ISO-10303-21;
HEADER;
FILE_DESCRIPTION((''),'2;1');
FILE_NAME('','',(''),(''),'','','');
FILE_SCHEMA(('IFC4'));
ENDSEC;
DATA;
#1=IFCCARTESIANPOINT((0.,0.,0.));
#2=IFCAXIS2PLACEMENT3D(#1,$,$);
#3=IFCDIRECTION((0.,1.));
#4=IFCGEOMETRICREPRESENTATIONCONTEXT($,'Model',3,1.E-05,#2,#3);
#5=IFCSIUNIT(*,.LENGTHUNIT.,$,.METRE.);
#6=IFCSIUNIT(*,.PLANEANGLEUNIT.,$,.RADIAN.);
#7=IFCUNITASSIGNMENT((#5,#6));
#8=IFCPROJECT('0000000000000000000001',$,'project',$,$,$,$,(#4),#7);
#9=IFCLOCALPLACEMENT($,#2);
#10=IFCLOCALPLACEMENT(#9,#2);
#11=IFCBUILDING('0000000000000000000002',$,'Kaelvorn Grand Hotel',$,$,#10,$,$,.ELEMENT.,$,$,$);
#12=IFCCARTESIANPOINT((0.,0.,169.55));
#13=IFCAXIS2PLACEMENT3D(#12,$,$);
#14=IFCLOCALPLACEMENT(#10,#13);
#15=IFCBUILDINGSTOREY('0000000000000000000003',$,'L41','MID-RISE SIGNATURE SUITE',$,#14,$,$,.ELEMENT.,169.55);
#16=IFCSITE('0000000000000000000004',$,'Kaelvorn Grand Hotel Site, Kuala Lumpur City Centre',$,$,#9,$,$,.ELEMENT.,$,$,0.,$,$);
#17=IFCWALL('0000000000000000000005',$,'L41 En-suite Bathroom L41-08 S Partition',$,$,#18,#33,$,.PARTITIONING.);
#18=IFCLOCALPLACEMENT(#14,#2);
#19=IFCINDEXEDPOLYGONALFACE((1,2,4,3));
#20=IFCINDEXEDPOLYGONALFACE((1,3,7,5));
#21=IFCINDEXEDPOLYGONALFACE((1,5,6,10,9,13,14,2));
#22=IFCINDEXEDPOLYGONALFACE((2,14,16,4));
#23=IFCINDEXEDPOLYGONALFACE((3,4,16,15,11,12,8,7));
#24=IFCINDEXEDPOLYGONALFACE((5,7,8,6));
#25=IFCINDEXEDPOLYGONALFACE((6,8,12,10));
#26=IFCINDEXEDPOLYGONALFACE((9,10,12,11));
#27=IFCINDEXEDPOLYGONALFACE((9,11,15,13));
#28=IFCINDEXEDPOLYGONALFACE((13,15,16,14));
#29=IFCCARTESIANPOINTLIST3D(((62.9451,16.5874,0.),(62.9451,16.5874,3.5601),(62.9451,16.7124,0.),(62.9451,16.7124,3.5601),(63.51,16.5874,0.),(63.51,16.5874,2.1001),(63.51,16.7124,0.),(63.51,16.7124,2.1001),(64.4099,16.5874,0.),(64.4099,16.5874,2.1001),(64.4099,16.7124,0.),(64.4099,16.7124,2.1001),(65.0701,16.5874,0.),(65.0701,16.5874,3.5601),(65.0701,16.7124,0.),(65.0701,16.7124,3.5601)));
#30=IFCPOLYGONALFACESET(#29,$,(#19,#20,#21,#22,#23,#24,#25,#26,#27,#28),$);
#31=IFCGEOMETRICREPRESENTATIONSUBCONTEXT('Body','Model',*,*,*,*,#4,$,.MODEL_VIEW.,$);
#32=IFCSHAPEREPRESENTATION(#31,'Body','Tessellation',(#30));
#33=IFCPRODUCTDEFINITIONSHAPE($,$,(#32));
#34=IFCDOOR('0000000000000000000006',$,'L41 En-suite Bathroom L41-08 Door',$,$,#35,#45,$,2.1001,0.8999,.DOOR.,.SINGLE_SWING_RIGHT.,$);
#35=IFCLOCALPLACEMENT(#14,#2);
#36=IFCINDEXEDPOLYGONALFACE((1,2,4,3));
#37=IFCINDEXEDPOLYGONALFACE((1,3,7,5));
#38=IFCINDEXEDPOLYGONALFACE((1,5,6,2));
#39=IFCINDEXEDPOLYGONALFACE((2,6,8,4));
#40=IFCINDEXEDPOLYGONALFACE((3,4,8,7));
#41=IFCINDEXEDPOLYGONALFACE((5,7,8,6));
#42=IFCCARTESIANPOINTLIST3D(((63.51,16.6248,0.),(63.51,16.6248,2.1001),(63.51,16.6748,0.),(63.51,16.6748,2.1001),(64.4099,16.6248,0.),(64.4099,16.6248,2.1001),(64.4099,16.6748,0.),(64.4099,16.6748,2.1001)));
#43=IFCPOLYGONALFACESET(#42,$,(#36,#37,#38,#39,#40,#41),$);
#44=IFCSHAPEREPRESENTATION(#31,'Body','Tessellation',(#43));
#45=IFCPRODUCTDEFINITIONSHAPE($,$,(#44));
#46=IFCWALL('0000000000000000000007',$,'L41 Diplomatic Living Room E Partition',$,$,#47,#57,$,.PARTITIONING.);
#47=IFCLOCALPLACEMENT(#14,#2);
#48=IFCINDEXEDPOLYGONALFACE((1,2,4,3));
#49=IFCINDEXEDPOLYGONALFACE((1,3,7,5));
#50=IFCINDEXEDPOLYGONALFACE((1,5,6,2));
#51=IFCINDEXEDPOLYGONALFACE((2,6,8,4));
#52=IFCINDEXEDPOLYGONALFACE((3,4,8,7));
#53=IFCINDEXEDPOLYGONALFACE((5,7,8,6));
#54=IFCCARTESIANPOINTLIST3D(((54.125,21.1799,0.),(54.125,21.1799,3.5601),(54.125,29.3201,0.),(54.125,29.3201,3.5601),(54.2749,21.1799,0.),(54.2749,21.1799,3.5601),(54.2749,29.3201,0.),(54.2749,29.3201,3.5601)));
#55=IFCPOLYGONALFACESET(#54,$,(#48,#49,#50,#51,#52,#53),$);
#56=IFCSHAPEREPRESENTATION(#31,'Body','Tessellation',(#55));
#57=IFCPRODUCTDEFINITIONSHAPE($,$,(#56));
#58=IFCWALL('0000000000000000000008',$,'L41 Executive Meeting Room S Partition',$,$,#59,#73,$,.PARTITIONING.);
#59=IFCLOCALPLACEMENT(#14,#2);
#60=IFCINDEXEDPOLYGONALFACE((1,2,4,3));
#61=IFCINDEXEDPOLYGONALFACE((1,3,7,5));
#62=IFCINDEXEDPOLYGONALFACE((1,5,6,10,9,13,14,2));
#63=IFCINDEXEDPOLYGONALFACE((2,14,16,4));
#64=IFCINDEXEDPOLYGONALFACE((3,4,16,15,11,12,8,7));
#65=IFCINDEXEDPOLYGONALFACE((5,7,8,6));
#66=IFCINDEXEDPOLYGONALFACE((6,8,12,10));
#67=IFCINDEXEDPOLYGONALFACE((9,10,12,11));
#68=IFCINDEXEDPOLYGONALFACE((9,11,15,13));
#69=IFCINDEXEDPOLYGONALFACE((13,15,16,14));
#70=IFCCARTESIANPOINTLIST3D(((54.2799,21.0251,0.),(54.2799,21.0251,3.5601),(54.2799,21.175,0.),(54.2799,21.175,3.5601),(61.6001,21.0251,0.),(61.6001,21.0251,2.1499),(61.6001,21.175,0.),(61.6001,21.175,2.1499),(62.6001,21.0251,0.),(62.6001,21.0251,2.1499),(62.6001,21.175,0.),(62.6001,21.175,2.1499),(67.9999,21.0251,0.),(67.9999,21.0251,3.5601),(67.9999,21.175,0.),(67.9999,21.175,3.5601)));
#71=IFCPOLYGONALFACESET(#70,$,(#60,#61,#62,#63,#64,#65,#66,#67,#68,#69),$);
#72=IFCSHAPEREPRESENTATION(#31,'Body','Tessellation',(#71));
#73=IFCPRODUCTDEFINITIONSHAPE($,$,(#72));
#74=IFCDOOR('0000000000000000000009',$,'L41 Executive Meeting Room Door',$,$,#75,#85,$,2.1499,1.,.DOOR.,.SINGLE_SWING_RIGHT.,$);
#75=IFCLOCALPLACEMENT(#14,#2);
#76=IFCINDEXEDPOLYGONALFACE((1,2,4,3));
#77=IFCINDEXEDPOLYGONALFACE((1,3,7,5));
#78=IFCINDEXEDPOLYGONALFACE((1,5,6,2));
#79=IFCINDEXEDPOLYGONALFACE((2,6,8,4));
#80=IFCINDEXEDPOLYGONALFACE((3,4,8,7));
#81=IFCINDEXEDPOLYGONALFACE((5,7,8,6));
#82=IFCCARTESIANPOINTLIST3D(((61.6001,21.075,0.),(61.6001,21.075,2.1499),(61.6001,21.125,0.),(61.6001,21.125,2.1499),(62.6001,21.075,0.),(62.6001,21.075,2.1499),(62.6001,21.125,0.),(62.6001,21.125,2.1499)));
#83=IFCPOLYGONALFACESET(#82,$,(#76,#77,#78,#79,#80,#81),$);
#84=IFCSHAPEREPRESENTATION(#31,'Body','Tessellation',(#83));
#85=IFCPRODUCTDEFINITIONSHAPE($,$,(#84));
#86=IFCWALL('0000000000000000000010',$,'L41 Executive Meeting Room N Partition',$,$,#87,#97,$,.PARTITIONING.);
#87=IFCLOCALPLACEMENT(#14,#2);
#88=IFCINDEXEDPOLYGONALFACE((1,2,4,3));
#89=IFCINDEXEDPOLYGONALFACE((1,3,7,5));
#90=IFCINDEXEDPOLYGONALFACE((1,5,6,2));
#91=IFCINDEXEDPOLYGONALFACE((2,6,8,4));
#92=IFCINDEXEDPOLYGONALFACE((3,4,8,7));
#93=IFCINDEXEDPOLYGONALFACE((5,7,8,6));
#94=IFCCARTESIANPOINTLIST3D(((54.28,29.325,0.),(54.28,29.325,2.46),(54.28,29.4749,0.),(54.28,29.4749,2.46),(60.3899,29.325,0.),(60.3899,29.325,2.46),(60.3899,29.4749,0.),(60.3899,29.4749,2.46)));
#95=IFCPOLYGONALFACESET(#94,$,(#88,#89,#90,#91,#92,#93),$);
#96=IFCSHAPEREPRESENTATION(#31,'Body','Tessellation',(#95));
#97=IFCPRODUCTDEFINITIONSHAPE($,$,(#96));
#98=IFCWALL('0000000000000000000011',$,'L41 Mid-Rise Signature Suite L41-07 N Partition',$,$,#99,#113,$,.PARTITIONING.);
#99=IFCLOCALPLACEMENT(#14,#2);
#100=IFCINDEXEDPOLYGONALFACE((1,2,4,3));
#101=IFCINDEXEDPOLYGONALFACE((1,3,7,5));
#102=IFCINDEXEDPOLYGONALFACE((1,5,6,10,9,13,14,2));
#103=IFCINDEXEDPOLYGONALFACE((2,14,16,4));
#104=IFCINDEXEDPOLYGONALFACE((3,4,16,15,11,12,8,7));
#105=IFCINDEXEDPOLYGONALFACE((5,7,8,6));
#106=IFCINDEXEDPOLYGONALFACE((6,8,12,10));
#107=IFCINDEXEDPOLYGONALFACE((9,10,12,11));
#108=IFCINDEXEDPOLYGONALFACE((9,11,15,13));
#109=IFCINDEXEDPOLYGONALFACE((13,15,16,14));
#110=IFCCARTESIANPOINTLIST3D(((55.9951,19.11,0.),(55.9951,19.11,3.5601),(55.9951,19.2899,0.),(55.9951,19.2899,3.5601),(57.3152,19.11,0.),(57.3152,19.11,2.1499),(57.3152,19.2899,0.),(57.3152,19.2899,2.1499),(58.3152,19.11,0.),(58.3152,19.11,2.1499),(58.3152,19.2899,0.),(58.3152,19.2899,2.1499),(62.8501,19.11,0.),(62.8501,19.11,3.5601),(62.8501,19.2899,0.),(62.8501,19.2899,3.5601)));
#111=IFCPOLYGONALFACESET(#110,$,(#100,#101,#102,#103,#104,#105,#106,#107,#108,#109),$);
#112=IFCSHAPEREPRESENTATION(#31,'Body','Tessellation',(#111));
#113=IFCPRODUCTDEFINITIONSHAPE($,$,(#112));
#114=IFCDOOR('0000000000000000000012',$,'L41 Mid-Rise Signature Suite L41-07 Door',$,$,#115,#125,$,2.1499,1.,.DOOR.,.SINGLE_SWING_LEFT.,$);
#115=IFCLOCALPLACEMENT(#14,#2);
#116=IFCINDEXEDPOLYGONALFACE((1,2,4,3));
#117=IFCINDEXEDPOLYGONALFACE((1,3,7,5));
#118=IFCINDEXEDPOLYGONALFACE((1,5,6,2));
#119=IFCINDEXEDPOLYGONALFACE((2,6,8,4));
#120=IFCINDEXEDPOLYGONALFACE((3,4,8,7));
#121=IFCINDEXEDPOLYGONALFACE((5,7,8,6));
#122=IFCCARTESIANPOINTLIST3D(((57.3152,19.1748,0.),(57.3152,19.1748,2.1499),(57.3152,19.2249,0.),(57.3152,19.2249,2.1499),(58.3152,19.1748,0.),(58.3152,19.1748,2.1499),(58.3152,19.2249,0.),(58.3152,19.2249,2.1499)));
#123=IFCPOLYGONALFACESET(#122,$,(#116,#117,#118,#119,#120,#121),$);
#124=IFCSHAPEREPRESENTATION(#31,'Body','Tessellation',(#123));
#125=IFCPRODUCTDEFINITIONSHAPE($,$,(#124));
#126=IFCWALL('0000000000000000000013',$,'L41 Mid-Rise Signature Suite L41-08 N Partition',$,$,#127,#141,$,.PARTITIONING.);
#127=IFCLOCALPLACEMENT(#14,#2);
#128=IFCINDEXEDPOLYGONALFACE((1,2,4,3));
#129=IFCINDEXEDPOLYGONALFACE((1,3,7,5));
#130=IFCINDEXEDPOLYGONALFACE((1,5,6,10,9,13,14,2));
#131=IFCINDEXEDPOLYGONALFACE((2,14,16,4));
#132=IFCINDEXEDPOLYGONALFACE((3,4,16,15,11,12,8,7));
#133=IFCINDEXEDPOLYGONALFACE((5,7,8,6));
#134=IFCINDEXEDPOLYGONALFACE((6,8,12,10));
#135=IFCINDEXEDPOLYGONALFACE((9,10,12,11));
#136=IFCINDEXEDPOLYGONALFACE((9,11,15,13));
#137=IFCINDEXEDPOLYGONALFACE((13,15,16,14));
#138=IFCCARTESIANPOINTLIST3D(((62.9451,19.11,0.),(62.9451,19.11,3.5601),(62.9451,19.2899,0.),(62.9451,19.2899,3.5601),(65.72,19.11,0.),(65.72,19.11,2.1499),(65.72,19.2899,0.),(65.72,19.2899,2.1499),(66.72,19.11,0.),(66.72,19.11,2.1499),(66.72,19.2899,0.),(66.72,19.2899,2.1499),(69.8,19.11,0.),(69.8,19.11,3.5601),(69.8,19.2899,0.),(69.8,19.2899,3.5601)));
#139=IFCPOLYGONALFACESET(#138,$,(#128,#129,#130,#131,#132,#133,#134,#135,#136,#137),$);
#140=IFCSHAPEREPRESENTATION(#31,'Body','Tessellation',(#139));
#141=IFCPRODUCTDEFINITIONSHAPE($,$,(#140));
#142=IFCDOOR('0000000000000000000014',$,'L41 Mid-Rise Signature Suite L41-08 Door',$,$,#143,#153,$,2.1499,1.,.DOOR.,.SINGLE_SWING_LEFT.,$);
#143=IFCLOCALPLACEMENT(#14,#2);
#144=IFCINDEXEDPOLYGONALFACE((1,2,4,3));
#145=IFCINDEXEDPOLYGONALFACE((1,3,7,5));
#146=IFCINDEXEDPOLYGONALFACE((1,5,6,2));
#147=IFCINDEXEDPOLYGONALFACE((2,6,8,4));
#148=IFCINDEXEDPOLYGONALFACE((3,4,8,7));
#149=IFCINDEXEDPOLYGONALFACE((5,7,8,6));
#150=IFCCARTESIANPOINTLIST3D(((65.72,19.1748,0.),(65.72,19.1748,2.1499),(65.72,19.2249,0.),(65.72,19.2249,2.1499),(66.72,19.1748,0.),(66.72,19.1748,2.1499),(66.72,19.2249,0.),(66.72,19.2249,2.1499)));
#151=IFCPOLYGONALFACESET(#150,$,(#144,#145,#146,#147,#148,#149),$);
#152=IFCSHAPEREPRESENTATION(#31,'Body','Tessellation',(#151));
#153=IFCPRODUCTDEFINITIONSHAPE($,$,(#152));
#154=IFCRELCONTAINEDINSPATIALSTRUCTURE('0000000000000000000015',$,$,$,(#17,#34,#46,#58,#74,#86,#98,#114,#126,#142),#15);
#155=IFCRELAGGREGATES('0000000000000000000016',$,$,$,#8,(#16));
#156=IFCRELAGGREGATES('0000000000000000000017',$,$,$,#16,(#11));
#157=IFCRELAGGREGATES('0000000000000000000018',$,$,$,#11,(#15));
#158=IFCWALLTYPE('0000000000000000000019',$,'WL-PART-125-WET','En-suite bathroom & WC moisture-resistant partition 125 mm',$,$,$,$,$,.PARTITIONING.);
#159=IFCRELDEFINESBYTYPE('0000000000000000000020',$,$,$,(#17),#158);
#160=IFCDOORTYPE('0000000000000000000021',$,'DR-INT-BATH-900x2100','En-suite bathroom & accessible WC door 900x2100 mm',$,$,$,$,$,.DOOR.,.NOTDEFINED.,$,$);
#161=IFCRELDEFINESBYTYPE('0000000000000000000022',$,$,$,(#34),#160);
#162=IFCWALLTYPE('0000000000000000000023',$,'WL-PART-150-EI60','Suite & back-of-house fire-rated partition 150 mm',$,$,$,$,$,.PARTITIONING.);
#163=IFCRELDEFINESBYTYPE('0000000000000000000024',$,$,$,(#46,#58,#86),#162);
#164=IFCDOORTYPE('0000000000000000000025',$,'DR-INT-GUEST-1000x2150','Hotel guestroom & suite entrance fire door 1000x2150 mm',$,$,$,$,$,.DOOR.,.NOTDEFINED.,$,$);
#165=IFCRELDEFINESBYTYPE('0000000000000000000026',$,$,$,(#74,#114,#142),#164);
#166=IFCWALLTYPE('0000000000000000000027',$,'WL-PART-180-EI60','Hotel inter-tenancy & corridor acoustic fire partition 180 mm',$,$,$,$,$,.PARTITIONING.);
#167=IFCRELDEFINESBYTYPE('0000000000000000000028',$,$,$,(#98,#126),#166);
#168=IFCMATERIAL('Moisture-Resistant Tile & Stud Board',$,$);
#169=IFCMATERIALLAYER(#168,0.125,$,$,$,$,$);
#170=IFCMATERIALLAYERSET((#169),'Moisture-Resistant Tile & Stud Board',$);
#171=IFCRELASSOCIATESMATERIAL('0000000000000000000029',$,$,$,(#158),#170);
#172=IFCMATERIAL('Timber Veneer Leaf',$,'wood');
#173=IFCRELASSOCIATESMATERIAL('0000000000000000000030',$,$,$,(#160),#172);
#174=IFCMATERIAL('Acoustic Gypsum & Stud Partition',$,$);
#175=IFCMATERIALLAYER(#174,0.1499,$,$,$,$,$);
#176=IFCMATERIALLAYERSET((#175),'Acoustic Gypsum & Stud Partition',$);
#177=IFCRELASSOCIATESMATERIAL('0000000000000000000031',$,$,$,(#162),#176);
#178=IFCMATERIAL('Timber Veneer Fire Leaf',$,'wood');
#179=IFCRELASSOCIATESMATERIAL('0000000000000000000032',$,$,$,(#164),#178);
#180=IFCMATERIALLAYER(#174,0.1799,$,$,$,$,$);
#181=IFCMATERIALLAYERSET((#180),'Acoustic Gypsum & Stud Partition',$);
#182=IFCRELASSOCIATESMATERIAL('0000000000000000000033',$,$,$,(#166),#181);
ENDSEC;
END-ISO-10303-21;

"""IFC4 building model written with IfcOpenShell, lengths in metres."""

from ifc_helpers import new_model, si_unit, direction, frame, frame_2d, origin, place, context, subcontext, project, spatial, rectangle, extrude, material, layer, layer_set, type_object, element, fill, save


model = new_model("IFC4")

# Units and contexts
model_context = context("Model", 3, precision=1e-05, world=origin(), true_north=direction((0.0, 1.0)))
body_context = subcontext(model_context, "Body", "Model", "MODEL_VIEW")
ifc_project = project(units=[si_unit("LENGTHUNIT", "METRE"), si_unit("PLANEANGLEUNIT", "RADIAN")], contexts=[model_context])

# Site, building, storey
site_placement = place(None, origin())
site = spatial("IfcSite", under=ifc_project, at=site_placement, Name="Kaelvorn Grand Hotel Site, Kuala Lumpur City Centre", CompositionType="ELEMENT", RefElevation=0.0)
building_placement = place(site_placement, origin())
building = spatial("IfcBuilding", under=site, at=building_placement, Name="Kaelvorn Grand Hotel", CompositionType="ELEMENT")
storey_placement = place(building_placement, frame((0.0, 0.0, 169.55)))
storey = spatial("IfcBuildingStorey", under=building, at=storey_placement, Name="L41", Description="MID-RISE SIGNATURE SUITE", CompositionType="ELEMENT", Elevation=169.55)

# Shared definitions
ifc_material_1 = material(Name="Moisture-Resistant Tile & Stud Board")
ifc_layer_1 = layer(ifc_material_1, 0.125)
ifc_layer_set_1 = layer_set([ifc_layer_1], Name="Moisture-Resistant Tile & Stud Board")
wall_type_1 = type_object("IfcWallType", Name="WL-PART-125-WET", Description="En-suite bathroom & WC moisture-resistant partition 125 mm", PredefinedType="PARTITIONING", material=ifc_layer_set_1)

# Shared definitions
ifc_material_2 = material(Name="Timber Veneer Leaf", Category="wood")
door_type_1 = type_object("IfcDoorType", Name="DR-INT-BATH-900x2100", Description="En-suite bathroom & accessible WC door 900x2100 mm", OperationType="NOTDEFINED", PredefinedType="DOOR", material=ifc_material_2)

# Wall, opening, door
wall_1_placement = place(storey_placement, frame((62.9451, 16.6499, 0.0), z_axis=(0.0, 0.0, 1.0), x_axis=(1.0, 0.0, 0.0)))
wall_1 = element("IfcWall", 1, at=wall_1_placement, inside=storey, type_object=wall_type_1, Name="L41 En-suite Bathroom L41-08 S Partition", PredefinedType="PARTITIONING", context=body_context, shape_type="SweptSolid", body=[
    extrude(rectangle(XDim=2.125, YDim=0.125, at=frame_2d((1.0625, 0.0))), origin(), (0.0, 0.0, 1.0), 3.5601),
])
opening_1_placement = place(wall_1_placement, frame((0.5649, 0.0, 0.0)))
opening_1 = element("IfcOpeningElement", 2, at=opening_1_placement, cuts=wall_1, PredefinedType="OPENING", context=body_context, shape_type="SweptSolid", body=[
    extrude(rectangle(XDim=0.8999, YDim=2.1001, at=frame_2d((0.45, 1.05))), frame((0.0, 0.0725, 0.0), z_axis=(0.0, -1.0, 0.0), x_axis=(1.0, 0.0, 0.0)), (0.0, 0.0, 1.0), 0.145),
])
door_1_placement = place(opening_1_placement, origin())
door_1 = element("IfcDoor", 3, at=door_1_placement, inside=storey, type_object=door_type_1, Name="L41 En-suite Bathroom L41-08 Door", OperationType="SINGLE_SWING_RIGHT", OverallHeight=2.1001, OverallWidth=0.8999, PredefinedType="DOOR", context=body_context, shape_type="SweptSolid", body=[
    extrude(rectangle(XDim=0.8999, YDim=2.1001, at=frame_2d((0.45, 1.05))), frame((0.0, 0.0249, 0.0), z_axis=(0.0, -1.0, 0.0), x_axis=(1.0, 0.0, 0.0)), (0.0, 0.0, 1.0), 0.05),
])
fill(opening_1, door_1)

# Wall
ifc_material_3 = material(Name="Acoustic Gypsum & Stud Partition")
ifc_layer_2 = layer(ifc_material_3, 0.1499)
ifc_layer_set_2 = layer_set([ifc_layer_2], Name="Acoustic Gypsum & Stud Partition")
wall_type_2 = type_object("IfcWallType", Name="WL-PART-150-EI60", Description="Suite & back-of-house fire-rated partition 150 mm", PredefinedType="PARTITIONING", material=ifc_layer_set_2)
wall_2_placement = place(storey_placement, frame((54.2, 21.1799, 0.0), z_axis=(0.0, 0.0, 1.0), x_axis=(0.0, 1.0, 0.0)))
element("IfcWall", 4, at=wall_2_placement, inside=storey, type_object=wall_type_2, Name="L41 Diplomatic Living Room E Partition", PredefinedType="PARTITIONING", context=body_context, shape_type="SweptSolid", body=[
    extrude(rectangle(XDim=8.1401, YDim=0.1499, at=frame_2d((4.0701, 0.0))), origin(), (0.0, 0.0, 1.0), 3.5601),
])

# Wall, opening, door
wall_3_placement = place(storey_placement, frame((54.28, 21.1001, 0.0), z_axis=(0.0, 0.0, 1.0), x_axis=(1.0, 0.0, 0.0)))
wall_3 = element("IfcWall", 5, at=wall_3_placement, inside=storey, type_object=wall_type_2, Name="L41 Executive Meeting Room S Partition", PredefinedType="PARTITIONING", context=body_context, shape_type="SweptSolid", body=[
    extrude(rectangle(XDim=13.72, YDim=0.1499, at=frame_2d((6.8599, 0.0))), origin(), (0.0, 0.0, 1.0), 3.5601),
])
opening_2_placement = place(wall_3_placement, frame((7.3201, 0.0, 0.0)))
opening_2 = element("IfcOpeningElement", 6, at=opening_2_placement, cuts=wall_3, PredefinedType="OPENING", context=body_context, shape_type="SweptSolid", body=[
    extrude(rectangle(XDim=1.0, YDim=2.1499, at=frame_2d((0.5, 1.075))), frame((0.0, 0.085, 0.0), z_axis=(0.0, -1.0, 0.0), x_axis=(1.0, 0.0, 0.0)), (0.0, 0.0, 1.0), 0.1699),
])
ifc_material_4 = material(Name="Timber Veneer Fire Leaf", Category="wood")
door_type_2 = type_object("IfcDoorType", Name="DR-INT-GUEST-1000x2150", Description="Hotel guestroom & suite entrance fire door 1000x2150 mm", OperationType="NOTDEFINED", PredefinedType="DOOR", material=ifc_material_4)
door_2_placement = place(opening_2_placement, origin())
door_2 = element("IfcDoor", 7, at=door_2_placement, inside=storey, type_object=door_type_2, Name="L41 Executive Meeting Room Door", OperationType="SINGLE_SWING_RIGHT", OverallHeight=2.1499, OverallWidth=1.0, PredefinedType="DOOR", context=body_context, shape_type="SweptSolid", body=[
    extrude(rectangle(XDim=1.0, YDim=2.1499, at=frame_2d((0.5, 1.075))), frame((0.0, 0.0249, 0.0), z_axis=(0.0, -1.0, 0.0), x_axis=(1.0, 0.0, 0.0)), (0.0, 0.0, 1.0), 0.05),
])
fill(opening_2, door_2)

# Wall
wall_4_placement = place(storey_placement, frame((54.28, 29.3999, 0.0), z_axis=(0.0, 0.0, 1.0), x_axis=(1.0, 0.0, 0.0)))
element("IfcWall", 8, at=wall_4_placement, inside=storey, type_object=wall_type_2, Name="L41 Executive Meeting Room N Partition", PredefinedType="PARTITIONING", context=body_context, shape_type="SweptSolid", body=[
    extrude(rectangle(XDim=6.1099, YDim=0.1499, at=frame_2d((3.0549, 0.0))), origin(), (0.0, 0.0, 1.0), 2.46),
])

# Walls, openings, doors
ifc_layer_3 = layer(ifc_material_3, 0.1799)
ifc_layer_set_3 = layer_set([ifc_layer_3], Name="Acoustic Gypsum & Stud Partition")
wall_type_3 = type_object("IfcWallType", Name="WL-PART-180-EI60", Description="Hotel inter-tenancy & corridor acoustic fire partition 180 mm", PredefinedType="PARTITIONING", material=ifc_layer_set_3)
wall_5_placement = place(storey_placement, frame((55.9951, 19.2, 0.0), z_axis=(0.0, 0.0, 1.0), x_axis=(1.0, 0.0, 0.0)))
wall_5 = element("IfcWall", 9, at=wall_5_placement, inside=storey, type_object=wall_type_3, Name="L41 Mid-Rise Signature Suite L41-07 N Partition", PredefinedType="PARTITIONING", context=body_context, shape_type="SweptSolid", body=[
    extrude(rectangle(XDim=6.855, YDim=0.1799, at=frame_2d((3.4275, 0.0))), origin(), (0.0, 0.0, 1.0), 3.5601),
])
opening_3_placement = place(wall_5_placement, frame((1.3201, 0.0, 0.0)))
opening_3 = element("IfcOpeningElement", 10, at=opening_3_placement, cuts=wall_5, PredefinedType="OPENING", context=body_context, shape_type="SweptSolid", body=[
    extrude(rectangle(XDim=1.0, YDim=2.1499, at=frame_2d((0.5, 1.075))), frame((0.0, 0.1001, 0.0), z_axis=(0.0, -1.0, 0.0), x_axis=(1.0, 0.0, 0.0)), (0.0, 0.0, 1.0), 0.2),
])
door_3_placement = place(opening_3_placement, origin())
door_3 = element("IfcDoor", 11, at=door_3_placement, inside=storey, type_object=door_type_2, Name="L41 Mid-Rise Signature Suite L41-07 Door", OperationType="SINGLE_SWING_LEFT", OverallHeight=2.1499, OverallWidth=1.0, PredefinedType="DOOR", context=body_context, shape_type="SweptSolid", body=[
    extrude(rectangle(XDim=1.0, YDim=2.1499, at=frame_2d((0.5, 1.075))), frame((0.0, 0.0249, 0.0), z_axis=(0.0, -1.0, 0.0), x_axis=(1.0, 0.0, 0.0)), (0.0, 0.0, 1.0), 0.05),
])
fill(opening_3, door_3)
wall_6_placement = place(storey_placement, frame((62.9451, 19.2, 0.0), z_axis=(0.0, 0.0, 1.0), x_axis=(1.0, 0.0, 0.0)))
wall_6 = element("IfcWall", 12, at=wall_6_placement, inside=storey, type_object=wall_type_3, Name="L41 Mid-Rise Signature Suite L41-08 N Partition", PredefinedType="PARTITIONING", context=body_context, shape_type="SweptSolid", body=[
    extrude(rectangle(XDim=6.855, YDim=0.1799, at=frame_2d((3.4275, 0.0))), origin(), (0.0, 0.0, 1.0), 3.5601),
])
opening_4_placement = place(wall_6_placement, frame((2.7749, 0.0, 0.0)))
opening_4 = element("IfcOpeningElement", 13, at=opening_4_placement, cuts=wall_6, PredefinedType="OPENING", context=body_context, shape_type="SweptSolid", body=[
    extrude(rectangle(XDim=1.0, YDim=2.1499, at=frame_2d((0.5, 1.075))), frame((0.0, 0.1001, 0.0), z_axis=(0.0, -1.0, 0.0), x_axis=(1.0, 0.0, 0.0)), (0.0, 0.0, 1.0), 0.2),
])
door_4_placement = place(opening_4_placement, origin())
door_4 = element("IfcDoor", 14, at=door_4_placement, inside=storey, type_object=door_type_2, Name="L41 Mid-Rise Signature Suite L41-08 Door", OperationType="SINGLE_SWING_LEFT", OverallHeight=2.1499, OverallWidth=1.0, PredefinedType="DOOR", context=body_context, shape_type="SweptSolid", body=[
    extrude(rectangle(XDim=1.0, YDim=2.1499, at=frame_2d((0.5, 1.075))), frame((0.0, 0.0249, 0.0), z_axis=(0.0, -1.0, 0.0), x_axis=(1.0, 0.0, 0.0)), (0.0, 0.0, 1.0), 0.05),
])
fill(opening_4, door_4)

save(model, "model.ifc")
